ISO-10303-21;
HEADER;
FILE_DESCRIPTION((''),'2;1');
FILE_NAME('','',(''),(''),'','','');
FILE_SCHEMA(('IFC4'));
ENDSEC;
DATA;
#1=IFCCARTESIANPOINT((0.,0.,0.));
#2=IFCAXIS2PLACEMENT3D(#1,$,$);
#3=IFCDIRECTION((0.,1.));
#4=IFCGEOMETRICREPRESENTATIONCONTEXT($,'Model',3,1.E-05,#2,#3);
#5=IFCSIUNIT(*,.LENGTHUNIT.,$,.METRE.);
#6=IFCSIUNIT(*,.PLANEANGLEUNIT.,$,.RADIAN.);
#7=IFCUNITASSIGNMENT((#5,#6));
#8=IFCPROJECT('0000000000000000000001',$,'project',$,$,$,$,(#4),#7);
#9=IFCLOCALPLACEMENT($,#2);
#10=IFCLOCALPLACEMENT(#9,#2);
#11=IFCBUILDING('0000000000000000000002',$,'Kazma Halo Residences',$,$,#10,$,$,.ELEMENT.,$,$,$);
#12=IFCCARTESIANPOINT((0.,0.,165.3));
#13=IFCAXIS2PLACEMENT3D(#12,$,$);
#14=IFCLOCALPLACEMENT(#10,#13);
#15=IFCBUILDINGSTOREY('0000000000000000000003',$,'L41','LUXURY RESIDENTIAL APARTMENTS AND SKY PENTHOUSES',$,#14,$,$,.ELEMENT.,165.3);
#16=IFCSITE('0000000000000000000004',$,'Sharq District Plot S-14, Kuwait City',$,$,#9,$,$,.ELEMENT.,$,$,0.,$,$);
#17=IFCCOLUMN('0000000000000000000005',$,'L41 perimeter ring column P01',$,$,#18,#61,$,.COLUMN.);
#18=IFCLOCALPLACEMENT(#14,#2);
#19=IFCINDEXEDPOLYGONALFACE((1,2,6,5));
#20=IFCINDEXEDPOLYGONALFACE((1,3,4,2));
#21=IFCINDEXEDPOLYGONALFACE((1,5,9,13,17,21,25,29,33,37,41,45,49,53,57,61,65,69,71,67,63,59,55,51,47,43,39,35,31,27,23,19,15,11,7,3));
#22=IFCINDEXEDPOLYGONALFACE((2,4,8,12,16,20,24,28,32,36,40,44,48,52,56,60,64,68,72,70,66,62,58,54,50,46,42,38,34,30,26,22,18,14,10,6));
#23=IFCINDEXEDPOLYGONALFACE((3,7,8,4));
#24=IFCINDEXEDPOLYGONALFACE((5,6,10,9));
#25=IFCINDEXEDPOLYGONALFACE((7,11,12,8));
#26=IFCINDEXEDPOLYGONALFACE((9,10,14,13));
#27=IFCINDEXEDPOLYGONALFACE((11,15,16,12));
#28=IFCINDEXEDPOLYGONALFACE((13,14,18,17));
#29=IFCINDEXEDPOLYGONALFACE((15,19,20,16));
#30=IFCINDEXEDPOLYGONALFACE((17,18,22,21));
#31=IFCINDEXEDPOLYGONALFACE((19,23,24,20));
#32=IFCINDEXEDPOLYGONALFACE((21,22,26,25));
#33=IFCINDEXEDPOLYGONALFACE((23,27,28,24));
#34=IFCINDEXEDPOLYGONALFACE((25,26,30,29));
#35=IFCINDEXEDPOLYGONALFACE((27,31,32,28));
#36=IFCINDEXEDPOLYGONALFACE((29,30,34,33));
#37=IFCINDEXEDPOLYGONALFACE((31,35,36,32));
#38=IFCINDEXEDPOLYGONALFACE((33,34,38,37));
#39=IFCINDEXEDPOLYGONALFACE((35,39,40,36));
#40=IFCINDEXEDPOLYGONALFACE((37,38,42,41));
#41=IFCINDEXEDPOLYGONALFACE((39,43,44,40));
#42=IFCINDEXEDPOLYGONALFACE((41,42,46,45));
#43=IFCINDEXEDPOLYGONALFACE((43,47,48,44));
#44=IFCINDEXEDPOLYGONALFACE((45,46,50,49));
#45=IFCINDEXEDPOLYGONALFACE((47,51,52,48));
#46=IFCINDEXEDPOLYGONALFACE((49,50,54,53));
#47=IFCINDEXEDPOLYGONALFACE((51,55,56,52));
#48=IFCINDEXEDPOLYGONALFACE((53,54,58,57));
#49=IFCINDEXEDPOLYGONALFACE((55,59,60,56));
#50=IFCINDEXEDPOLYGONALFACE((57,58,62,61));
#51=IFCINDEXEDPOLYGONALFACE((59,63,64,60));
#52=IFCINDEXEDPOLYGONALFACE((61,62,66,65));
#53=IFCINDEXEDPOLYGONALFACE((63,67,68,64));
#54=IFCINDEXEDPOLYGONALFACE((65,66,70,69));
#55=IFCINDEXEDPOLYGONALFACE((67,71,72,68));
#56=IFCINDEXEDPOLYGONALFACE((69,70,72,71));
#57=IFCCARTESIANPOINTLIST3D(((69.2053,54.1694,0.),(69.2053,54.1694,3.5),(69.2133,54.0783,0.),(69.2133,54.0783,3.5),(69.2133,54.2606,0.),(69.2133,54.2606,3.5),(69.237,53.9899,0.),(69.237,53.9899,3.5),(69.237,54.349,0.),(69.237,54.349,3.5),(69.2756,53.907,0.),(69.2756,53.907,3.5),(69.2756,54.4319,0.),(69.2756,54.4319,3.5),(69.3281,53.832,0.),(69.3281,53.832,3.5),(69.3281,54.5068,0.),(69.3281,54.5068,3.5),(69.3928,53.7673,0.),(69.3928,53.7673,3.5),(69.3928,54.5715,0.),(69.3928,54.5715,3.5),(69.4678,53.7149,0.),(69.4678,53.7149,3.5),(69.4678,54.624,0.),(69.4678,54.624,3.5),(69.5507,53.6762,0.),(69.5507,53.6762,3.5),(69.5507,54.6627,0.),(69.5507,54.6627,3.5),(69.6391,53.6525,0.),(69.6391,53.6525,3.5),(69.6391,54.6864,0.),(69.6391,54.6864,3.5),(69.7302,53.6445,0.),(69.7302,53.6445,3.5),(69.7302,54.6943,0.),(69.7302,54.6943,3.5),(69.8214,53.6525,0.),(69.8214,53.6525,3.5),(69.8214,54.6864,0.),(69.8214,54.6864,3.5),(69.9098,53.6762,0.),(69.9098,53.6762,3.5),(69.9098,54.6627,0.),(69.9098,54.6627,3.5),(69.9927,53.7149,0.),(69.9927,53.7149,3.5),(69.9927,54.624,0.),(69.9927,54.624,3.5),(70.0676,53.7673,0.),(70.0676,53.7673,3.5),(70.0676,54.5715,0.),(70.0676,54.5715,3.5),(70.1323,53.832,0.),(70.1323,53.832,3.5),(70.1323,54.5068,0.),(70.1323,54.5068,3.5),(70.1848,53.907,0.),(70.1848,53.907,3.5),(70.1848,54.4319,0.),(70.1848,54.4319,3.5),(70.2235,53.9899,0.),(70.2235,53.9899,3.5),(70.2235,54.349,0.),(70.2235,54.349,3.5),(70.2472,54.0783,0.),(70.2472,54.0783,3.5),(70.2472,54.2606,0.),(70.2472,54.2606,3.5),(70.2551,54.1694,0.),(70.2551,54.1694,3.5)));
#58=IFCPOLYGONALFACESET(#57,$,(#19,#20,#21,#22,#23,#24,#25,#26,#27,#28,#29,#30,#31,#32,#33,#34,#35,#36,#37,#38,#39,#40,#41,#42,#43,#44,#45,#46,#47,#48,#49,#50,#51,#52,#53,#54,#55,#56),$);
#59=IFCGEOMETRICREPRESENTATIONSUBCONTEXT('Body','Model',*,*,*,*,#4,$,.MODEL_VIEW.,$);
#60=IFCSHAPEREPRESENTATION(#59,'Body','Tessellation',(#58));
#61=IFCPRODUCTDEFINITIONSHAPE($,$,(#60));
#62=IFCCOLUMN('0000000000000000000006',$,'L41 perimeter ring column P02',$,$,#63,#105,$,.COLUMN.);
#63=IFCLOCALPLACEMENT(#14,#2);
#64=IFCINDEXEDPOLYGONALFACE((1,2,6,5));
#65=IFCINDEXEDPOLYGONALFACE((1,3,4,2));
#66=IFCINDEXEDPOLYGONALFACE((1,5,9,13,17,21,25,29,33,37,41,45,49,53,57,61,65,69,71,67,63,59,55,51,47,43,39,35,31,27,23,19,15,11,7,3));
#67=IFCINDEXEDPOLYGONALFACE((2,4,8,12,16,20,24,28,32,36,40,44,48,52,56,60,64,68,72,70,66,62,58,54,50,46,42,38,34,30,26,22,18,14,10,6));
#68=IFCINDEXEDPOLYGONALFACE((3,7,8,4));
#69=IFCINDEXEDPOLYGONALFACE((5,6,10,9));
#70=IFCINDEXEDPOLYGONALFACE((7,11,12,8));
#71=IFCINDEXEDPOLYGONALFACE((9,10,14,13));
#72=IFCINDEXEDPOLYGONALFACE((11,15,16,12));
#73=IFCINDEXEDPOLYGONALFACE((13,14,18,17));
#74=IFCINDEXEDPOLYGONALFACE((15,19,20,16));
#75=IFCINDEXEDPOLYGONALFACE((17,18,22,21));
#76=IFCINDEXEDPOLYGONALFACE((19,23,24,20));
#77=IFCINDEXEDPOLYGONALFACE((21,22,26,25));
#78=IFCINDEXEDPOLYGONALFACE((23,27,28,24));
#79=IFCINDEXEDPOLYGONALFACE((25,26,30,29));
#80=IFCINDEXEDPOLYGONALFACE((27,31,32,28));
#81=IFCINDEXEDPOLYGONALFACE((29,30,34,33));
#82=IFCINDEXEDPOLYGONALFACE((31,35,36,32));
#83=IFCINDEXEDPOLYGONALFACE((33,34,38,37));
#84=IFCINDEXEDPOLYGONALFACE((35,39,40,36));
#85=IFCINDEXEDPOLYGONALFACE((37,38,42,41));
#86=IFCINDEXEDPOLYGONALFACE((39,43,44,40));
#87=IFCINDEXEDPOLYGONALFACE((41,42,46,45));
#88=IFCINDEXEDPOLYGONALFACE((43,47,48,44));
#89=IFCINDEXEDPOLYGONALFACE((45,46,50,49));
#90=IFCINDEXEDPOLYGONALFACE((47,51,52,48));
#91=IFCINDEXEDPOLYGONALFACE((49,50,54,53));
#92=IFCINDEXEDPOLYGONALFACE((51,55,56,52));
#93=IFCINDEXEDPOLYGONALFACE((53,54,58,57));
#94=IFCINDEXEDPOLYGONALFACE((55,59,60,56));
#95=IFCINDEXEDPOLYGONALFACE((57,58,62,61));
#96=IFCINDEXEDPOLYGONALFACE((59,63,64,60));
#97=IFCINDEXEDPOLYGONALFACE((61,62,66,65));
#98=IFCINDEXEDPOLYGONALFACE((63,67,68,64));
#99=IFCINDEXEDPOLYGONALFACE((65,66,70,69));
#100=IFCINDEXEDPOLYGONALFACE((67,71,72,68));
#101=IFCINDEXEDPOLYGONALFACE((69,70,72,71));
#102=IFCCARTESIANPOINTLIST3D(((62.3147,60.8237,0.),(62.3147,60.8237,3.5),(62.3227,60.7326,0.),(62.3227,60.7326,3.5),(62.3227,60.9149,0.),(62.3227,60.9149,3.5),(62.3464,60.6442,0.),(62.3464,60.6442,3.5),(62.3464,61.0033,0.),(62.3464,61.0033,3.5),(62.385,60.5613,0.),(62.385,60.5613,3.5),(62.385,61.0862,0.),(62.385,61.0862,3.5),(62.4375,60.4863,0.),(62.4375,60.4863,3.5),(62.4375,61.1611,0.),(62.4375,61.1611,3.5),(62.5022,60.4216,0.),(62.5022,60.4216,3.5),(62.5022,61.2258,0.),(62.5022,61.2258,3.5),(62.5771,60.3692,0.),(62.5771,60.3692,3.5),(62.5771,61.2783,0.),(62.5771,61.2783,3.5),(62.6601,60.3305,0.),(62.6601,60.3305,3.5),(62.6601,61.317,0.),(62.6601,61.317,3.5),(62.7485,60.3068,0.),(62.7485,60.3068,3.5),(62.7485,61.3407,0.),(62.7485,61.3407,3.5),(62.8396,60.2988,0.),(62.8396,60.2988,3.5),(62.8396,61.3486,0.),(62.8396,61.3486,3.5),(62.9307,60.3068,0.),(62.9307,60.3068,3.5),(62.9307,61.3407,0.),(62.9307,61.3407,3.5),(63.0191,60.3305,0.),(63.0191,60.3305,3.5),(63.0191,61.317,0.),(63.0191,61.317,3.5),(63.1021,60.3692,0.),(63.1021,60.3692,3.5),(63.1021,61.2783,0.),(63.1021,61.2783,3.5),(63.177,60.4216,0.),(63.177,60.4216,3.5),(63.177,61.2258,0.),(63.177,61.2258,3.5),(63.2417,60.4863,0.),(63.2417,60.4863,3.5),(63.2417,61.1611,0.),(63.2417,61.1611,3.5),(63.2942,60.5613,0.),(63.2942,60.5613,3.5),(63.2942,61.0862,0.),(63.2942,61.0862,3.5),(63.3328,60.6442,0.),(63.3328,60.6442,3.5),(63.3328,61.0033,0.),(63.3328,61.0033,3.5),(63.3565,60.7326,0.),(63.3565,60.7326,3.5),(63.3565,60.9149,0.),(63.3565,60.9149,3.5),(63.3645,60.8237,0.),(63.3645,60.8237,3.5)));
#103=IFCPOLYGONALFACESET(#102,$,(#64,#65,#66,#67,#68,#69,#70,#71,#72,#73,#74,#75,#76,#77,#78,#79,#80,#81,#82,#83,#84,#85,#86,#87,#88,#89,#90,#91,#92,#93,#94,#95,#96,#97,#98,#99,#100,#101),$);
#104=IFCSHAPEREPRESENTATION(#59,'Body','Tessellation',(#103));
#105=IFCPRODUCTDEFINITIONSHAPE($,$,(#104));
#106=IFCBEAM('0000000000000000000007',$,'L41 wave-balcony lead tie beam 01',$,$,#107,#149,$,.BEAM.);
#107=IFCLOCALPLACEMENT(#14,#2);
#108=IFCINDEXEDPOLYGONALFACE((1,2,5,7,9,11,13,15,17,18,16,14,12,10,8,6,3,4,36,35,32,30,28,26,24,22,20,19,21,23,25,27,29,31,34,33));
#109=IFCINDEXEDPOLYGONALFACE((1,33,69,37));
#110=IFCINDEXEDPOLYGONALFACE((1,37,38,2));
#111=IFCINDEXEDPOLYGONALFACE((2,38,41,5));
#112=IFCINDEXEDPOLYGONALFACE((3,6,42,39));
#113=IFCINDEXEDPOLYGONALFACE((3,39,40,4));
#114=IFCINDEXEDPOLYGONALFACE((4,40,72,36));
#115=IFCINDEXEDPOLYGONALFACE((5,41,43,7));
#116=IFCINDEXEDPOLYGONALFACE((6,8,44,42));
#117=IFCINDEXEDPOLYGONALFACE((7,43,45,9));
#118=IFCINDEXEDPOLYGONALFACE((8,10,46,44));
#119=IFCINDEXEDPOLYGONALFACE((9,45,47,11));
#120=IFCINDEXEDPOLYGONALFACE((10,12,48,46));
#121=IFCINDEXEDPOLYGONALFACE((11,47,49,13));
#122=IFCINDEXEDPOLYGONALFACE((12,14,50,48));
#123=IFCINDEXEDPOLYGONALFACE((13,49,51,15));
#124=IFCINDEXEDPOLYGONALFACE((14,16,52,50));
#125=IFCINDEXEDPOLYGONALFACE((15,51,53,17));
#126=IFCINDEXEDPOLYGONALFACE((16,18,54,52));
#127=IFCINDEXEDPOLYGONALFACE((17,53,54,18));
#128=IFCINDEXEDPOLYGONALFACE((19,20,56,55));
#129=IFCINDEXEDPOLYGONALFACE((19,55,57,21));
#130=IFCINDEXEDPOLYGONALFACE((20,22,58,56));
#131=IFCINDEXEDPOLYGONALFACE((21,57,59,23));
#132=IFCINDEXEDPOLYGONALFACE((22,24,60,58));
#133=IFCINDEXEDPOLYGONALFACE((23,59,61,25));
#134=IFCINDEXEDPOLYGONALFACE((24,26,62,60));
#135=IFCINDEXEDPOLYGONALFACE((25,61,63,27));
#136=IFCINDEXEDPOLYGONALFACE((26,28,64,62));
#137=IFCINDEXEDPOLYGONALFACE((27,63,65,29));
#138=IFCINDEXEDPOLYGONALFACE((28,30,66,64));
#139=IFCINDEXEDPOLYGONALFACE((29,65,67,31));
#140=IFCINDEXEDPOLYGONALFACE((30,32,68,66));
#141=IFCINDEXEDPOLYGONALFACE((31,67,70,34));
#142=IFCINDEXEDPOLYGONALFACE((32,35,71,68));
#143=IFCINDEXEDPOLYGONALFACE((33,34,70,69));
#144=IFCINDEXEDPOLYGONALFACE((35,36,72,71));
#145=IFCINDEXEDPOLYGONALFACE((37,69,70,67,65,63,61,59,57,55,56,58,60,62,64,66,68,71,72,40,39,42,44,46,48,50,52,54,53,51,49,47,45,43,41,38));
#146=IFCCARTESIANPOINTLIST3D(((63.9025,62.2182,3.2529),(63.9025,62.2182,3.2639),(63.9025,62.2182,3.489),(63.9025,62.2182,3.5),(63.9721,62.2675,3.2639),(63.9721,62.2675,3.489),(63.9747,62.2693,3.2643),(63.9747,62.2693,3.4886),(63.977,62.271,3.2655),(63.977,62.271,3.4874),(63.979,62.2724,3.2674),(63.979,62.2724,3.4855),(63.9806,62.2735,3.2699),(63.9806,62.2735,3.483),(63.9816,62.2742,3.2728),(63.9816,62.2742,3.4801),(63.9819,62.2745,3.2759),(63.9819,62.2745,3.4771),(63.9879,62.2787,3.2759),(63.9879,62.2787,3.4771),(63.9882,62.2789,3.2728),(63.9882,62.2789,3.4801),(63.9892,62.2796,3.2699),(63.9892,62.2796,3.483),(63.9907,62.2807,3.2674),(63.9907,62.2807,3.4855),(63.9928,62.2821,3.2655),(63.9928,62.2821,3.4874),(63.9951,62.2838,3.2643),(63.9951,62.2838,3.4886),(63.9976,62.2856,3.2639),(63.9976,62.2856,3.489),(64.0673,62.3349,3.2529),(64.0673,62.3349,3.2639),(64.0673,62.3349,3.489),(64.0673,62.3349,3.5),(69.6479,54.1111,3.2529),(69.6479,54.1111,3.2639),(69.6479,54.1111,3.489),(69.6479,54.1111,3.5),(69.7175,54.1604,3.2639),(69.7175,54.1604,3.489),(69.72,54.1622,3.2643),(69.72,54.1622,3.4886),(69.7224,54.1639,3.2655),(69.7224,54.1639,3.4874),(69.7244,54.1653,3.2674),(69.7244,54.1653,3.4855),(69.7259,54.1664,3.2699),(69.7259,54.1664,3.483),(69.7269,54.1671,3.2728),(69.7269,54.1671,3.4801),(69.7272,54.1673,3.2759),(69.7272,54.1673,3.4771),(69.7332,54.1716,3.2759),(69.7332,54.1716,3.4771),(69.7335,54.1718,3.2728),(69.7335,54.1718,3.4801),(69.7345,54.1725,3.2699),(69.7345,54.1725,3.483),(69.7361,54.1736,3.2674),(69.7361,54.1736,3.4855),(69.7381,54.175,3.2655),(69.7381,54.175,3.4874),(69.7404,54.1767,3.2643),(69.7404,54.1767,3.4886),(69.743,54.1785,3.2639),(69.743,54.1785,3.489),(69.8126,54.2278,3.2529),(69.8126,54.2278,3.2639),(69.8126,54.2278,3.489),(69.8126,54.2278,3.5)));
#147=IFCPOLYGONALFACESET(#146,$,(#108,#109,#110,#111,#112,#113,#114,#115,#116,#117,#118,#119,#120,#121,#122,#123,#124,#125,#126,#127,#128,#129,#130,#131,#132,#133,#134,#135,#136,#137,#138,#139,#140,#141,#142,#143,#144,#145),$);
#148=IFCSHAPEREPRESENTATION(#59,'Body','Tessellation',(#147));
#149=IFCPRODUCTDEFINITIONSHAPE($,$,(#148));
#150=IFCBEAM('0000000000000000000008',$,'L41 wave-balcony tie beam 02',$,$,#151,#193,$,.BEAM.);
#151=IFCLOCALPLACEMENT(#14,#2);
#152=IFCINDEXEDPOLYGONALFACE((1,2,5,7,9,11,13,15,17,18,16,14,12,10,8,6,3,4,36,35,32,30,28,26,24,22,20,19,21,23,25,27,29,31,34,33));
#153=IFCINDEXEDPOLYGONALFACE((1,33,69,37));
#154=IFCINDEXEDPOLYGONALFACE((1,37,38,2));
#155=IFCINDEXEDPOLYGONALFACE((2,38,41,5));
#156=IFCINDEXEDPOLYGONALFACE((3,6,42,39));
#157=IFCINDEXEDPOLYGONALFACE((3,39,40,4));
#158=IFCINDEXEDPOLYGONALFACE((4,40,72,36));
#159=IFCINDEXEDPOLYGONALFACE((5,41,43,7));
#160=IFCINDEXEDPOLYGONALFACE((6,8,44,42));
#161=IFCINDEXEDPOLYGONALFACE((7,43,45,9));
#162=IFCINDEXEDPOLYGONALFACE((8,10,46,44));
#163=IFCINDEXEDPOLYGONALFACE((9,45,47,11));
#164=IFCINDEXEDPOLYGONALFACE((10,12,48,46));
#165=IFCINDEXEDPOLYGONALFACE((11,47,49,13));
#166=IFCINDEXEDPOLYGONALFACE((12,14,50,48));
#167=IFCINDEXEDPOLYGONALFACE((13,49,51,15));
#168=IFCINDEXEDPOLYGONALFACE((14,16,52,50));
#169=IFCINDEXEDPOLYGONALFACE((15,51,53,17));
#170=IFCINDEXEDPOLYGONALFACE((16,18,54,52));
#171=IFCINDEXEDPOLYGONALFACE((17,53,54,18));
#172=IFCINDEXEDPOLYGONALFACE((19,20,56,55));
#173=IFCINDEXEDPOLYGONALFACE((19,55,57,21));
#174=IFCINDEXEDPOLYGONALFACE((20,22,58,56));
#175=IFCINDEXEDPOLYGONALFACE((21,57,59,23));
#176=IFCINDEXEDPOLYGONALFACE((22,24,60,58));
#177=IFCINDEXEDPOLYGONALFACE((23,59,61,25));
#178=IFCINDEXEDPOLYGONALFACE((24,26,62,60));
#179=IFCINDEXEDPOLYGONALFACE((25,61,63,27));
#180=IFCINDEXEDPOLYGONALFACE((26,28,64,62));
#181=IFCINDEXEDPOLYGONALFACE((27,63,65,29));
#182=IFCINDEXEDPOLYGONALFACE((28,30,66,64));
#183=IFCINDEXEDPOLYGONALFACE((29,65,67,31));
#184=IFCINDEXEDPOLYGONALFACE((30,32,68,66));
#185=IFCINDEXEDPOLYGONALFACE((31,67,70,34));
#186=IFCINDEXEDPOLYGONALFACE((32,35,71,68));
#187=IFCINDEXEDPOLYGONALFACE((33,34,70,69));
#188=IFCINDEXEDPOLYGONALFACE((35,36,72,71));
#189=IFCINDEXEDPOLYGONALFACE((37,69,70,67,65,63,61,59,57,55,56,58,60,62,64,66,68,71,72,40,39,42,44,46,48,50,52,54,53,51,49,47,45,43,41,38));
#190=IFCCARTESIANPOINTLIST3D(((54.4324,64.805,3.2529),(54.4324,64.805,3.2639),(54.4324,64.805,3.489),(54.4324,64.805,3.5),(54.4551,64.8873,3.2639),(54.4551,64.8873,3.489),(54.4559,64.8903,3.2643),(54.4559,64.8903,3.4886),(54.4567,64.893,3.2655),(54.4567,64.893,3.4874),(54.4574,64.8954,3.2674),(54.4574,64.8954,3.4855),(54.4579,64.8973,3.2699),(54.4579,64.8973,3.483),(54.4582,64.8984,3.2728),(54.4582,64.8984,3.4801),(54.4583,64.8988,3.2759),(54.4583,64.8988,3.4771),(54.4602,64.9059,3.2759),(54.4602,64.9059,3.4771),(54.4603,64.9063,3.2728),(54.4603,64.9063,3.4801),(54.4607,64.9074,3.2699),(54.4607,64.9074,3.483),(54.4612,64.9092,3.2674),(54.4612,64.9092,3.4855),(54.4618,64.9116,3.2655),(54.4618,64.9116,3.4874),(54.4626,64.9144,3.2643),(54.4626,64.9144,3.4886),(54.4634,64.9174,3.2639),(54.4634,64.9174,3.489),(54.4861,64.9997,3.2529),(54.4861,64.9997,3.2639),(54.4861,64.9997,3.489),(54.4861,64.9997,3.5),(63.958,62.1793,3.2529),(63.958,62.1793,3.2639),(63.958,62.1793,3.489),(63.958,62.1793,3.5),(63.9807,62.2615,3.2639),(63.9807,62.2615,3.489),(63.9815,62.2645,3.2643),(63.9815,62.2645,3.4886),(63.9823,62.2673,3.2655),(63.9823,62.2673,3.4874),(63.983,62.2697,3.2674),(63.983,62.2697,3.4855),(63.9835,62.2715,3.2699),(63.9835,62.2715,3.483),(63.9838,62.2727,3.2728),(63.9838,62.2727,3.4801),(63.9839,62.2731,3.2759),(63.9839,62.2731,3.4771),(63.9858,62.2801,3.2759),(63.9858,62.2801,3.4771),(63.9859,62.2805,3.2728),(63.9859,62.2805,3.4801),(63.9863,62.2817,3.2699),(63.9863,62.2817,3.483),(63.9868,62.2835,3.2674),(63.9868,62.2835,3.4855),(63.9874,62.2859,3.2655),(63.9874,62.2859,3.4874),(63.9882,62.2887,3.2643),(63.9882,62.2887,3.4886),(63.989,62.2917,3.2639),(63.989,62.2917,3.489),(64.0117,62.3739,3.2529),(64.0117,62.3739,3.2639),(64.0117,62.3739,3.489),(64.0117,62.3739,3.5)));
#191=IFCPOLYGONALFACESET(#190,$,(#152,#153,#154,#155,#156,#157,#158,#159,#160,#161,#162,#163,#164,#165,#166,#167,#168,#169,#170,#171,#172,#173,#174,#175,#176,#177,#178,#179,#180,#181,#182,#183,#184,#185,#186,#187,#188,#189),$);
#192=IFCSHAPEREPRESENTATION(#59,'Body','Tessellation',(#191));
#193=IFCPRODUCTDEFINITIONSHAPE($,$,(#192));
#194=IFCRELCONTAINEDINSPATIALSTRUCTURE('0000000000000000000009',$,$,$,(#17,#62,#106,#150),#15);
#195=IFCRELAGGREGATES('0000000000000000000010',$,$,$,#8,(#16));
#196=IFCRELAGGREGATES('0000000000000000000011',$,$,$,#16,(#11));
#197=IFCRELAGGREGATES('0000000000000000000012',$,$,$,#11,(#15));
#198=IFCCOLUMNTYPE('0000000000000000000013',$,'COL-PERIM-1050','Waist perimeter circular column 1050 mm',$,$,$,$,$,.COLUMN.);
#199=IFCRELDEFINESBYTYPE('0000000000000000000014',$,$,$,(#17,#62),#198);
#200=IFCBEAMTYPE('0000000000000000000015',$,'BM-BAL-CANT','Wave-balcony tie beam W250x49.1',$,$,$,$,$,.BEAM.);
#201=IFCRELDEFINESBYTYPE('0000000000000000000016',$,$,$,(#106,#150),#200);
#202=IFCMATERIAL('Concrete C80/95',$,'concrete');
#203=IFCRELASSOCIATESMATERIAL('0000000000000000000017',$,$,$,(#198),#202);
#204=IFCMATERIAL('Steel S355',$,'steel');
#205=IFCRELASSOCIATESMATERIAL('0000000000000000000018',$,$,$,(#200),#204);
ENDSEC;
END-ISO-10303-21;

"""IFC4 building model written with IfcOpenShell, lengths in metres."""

from ifc_helpers import new_model, si_unit, direction, frame, origin, origin_2d, place, context, subcontext, project, spatial, circle, i_section, extrude, material, material_profile, profile_set, type_object, element, save


model = new_model("IFC4")

# Units and contexts
model_context = context("Model", 3, precision=1e-05, world=origin(), true_north=direction((0.0, 1.0)))
body_context = subcontext(model_context, "Body", "Model", "MODEL_VIEW")
ifc_project = project(units=[si_unit("LENGTHUNIT", "METRE"), si_unit("PLANEANGLEUNIT", "RADIAN")], contexts=[model_context])

# Site, building, storey
site_placement = place(None, origin())
site = spatial("IfcSite", under=ifc_project, at=site_placement, Name="Sharq District Plot S-14, Kuwait City", CompositionType="ELEMENT", RefElevation=0.0)
building_placement = place(site_placement, origin())
building = spatial("IfcBuilding", under=site, at=building_placement, Name="Kazma Halo Residences", CompositionType="ELEMENT")
storey_placement = place(building_placement, frame((0.0, 0.0, 165.3)))
storey = spatial("IfcBuildingStorey", under=building, at=storey_placement, Name="L41", Description="LUXURY RESIDENTIAL APARTMENTS AND SKY PENTHOUSES", CompositionType="ELEMENT", Elevation=165.3)

# Columns
ifc_material_1 = material(Name="Concrete C80/95", Category="concrete")
ifc_material_profile_1 = material_profile(ifc_material_1, circle(Radius=0.5249, at=origin_2d()), Name="CIRC1050")
ifc_profile_set_1 = profile_set([ifc_material_profile_1], Name="Concrete C80/95")
column_type = type_object("IfcColumnType", Name="COL-PERIM-1050", Description="Waist perimeter circular column 1050 mm", PredefinedType="COLUMN", material=ifc_profile_set_1)
for number, where, z_axis, x_axis, name in (
    (1, (69.7302, 54.1694, 0.0), (0.0, 0.0, 1.0), (1.0, 0.0, 0.0), "L41 perimeter ring column P01"),
    (2, (62.8396, 60.8237, 0.0), (0.0, 0.0, 1.0), (1.0, 0.0, 0.0), "L41 perimeter ring column P02"),
):
    element("IfcColumn", number, at=place(storey_placement, frame(where, z_axis=z_axis, x_axis=x_axis)), inside=storey, type_object=column_type, Name=name, PredefinedType="COLUMN", context=body_context, shape_type="SweptSolid", body=[
        extrude(circle(Radius=0.5249, at=origin_2d()), origin(), (0.0, 0.0, 1.0), 3.5),
    ])

# Beams
ifc_material_2 = material(Name="Steel S355", Category="steel")
ifc_material_profile_2 = material_profile(ifc_material_2, i_section(OverallWidth=0.2019, OverallDepth=0.2471, WebThickness=0.0073, FlangeThickness=0.011, FilletRadius=0.012, at=origin_2d()), Name="W250x49.1")
ifc_profile_set_2 = profile_set([ifc_material_profile_2], Name="Steel S355")
beam_type_1 = type_object("IfcBeamType", Name="BM-BAL-CANT", Description="Wave-balcony tie beam W250x49.1", PredefinedType="BEAM", material=ifc_profile_set_2)
beam_1_placement = place(storey_placement, frame((69.7302, 54.1694, 3.3765), z_axis=(-0.578203, 0.815893, 0.0), x_axis=(-0.815893, -0.578203, 0.0)))
element("IfcBeam", 3, at=beam_1_placement, inside=storey, type_object=beam_type_1, Name="L41 wave-balcony lead tie beam 01", PredefinedType="BEAM", context=body_context, shape_type="SweptSolid", body=[
    extrude(i_section(OverallWidth=0.2019, OverallDepth=0.2471, WebThickness=0.0073, FlangeThickness=0.011, FilletRadius=0.012, at=origin_2d()), origin(), (0.0, 0.0, 1.0), 9.9365),
])
beam_2_placement = place(storey_placement, frame((63.9849, 62.2766, 3.3765), z_axis=(-0.964045, 0.265738, 0.0), x_axis=(-0.265738, -0.964045, 0.0)))
element("IfcBeam", 4, at=beam_2_placement, inside=storey, type_object=beam_type_1, Name="L41 wave-balcony tie beam 02", PredefinedType="BEAM", context=body_context, shape_type="SweptSolid", body=[
    extrude(i_section(OverallWidth=0.2019, OverallDepth=0.2471, WebThickness=0.0073, FlangeThickness=0.011, FilletRadius=0.012, at=origin_2d()), origin(), (0.0, 0.0, 1.0), 9.8809),
])

save(model, "model.ifc")
